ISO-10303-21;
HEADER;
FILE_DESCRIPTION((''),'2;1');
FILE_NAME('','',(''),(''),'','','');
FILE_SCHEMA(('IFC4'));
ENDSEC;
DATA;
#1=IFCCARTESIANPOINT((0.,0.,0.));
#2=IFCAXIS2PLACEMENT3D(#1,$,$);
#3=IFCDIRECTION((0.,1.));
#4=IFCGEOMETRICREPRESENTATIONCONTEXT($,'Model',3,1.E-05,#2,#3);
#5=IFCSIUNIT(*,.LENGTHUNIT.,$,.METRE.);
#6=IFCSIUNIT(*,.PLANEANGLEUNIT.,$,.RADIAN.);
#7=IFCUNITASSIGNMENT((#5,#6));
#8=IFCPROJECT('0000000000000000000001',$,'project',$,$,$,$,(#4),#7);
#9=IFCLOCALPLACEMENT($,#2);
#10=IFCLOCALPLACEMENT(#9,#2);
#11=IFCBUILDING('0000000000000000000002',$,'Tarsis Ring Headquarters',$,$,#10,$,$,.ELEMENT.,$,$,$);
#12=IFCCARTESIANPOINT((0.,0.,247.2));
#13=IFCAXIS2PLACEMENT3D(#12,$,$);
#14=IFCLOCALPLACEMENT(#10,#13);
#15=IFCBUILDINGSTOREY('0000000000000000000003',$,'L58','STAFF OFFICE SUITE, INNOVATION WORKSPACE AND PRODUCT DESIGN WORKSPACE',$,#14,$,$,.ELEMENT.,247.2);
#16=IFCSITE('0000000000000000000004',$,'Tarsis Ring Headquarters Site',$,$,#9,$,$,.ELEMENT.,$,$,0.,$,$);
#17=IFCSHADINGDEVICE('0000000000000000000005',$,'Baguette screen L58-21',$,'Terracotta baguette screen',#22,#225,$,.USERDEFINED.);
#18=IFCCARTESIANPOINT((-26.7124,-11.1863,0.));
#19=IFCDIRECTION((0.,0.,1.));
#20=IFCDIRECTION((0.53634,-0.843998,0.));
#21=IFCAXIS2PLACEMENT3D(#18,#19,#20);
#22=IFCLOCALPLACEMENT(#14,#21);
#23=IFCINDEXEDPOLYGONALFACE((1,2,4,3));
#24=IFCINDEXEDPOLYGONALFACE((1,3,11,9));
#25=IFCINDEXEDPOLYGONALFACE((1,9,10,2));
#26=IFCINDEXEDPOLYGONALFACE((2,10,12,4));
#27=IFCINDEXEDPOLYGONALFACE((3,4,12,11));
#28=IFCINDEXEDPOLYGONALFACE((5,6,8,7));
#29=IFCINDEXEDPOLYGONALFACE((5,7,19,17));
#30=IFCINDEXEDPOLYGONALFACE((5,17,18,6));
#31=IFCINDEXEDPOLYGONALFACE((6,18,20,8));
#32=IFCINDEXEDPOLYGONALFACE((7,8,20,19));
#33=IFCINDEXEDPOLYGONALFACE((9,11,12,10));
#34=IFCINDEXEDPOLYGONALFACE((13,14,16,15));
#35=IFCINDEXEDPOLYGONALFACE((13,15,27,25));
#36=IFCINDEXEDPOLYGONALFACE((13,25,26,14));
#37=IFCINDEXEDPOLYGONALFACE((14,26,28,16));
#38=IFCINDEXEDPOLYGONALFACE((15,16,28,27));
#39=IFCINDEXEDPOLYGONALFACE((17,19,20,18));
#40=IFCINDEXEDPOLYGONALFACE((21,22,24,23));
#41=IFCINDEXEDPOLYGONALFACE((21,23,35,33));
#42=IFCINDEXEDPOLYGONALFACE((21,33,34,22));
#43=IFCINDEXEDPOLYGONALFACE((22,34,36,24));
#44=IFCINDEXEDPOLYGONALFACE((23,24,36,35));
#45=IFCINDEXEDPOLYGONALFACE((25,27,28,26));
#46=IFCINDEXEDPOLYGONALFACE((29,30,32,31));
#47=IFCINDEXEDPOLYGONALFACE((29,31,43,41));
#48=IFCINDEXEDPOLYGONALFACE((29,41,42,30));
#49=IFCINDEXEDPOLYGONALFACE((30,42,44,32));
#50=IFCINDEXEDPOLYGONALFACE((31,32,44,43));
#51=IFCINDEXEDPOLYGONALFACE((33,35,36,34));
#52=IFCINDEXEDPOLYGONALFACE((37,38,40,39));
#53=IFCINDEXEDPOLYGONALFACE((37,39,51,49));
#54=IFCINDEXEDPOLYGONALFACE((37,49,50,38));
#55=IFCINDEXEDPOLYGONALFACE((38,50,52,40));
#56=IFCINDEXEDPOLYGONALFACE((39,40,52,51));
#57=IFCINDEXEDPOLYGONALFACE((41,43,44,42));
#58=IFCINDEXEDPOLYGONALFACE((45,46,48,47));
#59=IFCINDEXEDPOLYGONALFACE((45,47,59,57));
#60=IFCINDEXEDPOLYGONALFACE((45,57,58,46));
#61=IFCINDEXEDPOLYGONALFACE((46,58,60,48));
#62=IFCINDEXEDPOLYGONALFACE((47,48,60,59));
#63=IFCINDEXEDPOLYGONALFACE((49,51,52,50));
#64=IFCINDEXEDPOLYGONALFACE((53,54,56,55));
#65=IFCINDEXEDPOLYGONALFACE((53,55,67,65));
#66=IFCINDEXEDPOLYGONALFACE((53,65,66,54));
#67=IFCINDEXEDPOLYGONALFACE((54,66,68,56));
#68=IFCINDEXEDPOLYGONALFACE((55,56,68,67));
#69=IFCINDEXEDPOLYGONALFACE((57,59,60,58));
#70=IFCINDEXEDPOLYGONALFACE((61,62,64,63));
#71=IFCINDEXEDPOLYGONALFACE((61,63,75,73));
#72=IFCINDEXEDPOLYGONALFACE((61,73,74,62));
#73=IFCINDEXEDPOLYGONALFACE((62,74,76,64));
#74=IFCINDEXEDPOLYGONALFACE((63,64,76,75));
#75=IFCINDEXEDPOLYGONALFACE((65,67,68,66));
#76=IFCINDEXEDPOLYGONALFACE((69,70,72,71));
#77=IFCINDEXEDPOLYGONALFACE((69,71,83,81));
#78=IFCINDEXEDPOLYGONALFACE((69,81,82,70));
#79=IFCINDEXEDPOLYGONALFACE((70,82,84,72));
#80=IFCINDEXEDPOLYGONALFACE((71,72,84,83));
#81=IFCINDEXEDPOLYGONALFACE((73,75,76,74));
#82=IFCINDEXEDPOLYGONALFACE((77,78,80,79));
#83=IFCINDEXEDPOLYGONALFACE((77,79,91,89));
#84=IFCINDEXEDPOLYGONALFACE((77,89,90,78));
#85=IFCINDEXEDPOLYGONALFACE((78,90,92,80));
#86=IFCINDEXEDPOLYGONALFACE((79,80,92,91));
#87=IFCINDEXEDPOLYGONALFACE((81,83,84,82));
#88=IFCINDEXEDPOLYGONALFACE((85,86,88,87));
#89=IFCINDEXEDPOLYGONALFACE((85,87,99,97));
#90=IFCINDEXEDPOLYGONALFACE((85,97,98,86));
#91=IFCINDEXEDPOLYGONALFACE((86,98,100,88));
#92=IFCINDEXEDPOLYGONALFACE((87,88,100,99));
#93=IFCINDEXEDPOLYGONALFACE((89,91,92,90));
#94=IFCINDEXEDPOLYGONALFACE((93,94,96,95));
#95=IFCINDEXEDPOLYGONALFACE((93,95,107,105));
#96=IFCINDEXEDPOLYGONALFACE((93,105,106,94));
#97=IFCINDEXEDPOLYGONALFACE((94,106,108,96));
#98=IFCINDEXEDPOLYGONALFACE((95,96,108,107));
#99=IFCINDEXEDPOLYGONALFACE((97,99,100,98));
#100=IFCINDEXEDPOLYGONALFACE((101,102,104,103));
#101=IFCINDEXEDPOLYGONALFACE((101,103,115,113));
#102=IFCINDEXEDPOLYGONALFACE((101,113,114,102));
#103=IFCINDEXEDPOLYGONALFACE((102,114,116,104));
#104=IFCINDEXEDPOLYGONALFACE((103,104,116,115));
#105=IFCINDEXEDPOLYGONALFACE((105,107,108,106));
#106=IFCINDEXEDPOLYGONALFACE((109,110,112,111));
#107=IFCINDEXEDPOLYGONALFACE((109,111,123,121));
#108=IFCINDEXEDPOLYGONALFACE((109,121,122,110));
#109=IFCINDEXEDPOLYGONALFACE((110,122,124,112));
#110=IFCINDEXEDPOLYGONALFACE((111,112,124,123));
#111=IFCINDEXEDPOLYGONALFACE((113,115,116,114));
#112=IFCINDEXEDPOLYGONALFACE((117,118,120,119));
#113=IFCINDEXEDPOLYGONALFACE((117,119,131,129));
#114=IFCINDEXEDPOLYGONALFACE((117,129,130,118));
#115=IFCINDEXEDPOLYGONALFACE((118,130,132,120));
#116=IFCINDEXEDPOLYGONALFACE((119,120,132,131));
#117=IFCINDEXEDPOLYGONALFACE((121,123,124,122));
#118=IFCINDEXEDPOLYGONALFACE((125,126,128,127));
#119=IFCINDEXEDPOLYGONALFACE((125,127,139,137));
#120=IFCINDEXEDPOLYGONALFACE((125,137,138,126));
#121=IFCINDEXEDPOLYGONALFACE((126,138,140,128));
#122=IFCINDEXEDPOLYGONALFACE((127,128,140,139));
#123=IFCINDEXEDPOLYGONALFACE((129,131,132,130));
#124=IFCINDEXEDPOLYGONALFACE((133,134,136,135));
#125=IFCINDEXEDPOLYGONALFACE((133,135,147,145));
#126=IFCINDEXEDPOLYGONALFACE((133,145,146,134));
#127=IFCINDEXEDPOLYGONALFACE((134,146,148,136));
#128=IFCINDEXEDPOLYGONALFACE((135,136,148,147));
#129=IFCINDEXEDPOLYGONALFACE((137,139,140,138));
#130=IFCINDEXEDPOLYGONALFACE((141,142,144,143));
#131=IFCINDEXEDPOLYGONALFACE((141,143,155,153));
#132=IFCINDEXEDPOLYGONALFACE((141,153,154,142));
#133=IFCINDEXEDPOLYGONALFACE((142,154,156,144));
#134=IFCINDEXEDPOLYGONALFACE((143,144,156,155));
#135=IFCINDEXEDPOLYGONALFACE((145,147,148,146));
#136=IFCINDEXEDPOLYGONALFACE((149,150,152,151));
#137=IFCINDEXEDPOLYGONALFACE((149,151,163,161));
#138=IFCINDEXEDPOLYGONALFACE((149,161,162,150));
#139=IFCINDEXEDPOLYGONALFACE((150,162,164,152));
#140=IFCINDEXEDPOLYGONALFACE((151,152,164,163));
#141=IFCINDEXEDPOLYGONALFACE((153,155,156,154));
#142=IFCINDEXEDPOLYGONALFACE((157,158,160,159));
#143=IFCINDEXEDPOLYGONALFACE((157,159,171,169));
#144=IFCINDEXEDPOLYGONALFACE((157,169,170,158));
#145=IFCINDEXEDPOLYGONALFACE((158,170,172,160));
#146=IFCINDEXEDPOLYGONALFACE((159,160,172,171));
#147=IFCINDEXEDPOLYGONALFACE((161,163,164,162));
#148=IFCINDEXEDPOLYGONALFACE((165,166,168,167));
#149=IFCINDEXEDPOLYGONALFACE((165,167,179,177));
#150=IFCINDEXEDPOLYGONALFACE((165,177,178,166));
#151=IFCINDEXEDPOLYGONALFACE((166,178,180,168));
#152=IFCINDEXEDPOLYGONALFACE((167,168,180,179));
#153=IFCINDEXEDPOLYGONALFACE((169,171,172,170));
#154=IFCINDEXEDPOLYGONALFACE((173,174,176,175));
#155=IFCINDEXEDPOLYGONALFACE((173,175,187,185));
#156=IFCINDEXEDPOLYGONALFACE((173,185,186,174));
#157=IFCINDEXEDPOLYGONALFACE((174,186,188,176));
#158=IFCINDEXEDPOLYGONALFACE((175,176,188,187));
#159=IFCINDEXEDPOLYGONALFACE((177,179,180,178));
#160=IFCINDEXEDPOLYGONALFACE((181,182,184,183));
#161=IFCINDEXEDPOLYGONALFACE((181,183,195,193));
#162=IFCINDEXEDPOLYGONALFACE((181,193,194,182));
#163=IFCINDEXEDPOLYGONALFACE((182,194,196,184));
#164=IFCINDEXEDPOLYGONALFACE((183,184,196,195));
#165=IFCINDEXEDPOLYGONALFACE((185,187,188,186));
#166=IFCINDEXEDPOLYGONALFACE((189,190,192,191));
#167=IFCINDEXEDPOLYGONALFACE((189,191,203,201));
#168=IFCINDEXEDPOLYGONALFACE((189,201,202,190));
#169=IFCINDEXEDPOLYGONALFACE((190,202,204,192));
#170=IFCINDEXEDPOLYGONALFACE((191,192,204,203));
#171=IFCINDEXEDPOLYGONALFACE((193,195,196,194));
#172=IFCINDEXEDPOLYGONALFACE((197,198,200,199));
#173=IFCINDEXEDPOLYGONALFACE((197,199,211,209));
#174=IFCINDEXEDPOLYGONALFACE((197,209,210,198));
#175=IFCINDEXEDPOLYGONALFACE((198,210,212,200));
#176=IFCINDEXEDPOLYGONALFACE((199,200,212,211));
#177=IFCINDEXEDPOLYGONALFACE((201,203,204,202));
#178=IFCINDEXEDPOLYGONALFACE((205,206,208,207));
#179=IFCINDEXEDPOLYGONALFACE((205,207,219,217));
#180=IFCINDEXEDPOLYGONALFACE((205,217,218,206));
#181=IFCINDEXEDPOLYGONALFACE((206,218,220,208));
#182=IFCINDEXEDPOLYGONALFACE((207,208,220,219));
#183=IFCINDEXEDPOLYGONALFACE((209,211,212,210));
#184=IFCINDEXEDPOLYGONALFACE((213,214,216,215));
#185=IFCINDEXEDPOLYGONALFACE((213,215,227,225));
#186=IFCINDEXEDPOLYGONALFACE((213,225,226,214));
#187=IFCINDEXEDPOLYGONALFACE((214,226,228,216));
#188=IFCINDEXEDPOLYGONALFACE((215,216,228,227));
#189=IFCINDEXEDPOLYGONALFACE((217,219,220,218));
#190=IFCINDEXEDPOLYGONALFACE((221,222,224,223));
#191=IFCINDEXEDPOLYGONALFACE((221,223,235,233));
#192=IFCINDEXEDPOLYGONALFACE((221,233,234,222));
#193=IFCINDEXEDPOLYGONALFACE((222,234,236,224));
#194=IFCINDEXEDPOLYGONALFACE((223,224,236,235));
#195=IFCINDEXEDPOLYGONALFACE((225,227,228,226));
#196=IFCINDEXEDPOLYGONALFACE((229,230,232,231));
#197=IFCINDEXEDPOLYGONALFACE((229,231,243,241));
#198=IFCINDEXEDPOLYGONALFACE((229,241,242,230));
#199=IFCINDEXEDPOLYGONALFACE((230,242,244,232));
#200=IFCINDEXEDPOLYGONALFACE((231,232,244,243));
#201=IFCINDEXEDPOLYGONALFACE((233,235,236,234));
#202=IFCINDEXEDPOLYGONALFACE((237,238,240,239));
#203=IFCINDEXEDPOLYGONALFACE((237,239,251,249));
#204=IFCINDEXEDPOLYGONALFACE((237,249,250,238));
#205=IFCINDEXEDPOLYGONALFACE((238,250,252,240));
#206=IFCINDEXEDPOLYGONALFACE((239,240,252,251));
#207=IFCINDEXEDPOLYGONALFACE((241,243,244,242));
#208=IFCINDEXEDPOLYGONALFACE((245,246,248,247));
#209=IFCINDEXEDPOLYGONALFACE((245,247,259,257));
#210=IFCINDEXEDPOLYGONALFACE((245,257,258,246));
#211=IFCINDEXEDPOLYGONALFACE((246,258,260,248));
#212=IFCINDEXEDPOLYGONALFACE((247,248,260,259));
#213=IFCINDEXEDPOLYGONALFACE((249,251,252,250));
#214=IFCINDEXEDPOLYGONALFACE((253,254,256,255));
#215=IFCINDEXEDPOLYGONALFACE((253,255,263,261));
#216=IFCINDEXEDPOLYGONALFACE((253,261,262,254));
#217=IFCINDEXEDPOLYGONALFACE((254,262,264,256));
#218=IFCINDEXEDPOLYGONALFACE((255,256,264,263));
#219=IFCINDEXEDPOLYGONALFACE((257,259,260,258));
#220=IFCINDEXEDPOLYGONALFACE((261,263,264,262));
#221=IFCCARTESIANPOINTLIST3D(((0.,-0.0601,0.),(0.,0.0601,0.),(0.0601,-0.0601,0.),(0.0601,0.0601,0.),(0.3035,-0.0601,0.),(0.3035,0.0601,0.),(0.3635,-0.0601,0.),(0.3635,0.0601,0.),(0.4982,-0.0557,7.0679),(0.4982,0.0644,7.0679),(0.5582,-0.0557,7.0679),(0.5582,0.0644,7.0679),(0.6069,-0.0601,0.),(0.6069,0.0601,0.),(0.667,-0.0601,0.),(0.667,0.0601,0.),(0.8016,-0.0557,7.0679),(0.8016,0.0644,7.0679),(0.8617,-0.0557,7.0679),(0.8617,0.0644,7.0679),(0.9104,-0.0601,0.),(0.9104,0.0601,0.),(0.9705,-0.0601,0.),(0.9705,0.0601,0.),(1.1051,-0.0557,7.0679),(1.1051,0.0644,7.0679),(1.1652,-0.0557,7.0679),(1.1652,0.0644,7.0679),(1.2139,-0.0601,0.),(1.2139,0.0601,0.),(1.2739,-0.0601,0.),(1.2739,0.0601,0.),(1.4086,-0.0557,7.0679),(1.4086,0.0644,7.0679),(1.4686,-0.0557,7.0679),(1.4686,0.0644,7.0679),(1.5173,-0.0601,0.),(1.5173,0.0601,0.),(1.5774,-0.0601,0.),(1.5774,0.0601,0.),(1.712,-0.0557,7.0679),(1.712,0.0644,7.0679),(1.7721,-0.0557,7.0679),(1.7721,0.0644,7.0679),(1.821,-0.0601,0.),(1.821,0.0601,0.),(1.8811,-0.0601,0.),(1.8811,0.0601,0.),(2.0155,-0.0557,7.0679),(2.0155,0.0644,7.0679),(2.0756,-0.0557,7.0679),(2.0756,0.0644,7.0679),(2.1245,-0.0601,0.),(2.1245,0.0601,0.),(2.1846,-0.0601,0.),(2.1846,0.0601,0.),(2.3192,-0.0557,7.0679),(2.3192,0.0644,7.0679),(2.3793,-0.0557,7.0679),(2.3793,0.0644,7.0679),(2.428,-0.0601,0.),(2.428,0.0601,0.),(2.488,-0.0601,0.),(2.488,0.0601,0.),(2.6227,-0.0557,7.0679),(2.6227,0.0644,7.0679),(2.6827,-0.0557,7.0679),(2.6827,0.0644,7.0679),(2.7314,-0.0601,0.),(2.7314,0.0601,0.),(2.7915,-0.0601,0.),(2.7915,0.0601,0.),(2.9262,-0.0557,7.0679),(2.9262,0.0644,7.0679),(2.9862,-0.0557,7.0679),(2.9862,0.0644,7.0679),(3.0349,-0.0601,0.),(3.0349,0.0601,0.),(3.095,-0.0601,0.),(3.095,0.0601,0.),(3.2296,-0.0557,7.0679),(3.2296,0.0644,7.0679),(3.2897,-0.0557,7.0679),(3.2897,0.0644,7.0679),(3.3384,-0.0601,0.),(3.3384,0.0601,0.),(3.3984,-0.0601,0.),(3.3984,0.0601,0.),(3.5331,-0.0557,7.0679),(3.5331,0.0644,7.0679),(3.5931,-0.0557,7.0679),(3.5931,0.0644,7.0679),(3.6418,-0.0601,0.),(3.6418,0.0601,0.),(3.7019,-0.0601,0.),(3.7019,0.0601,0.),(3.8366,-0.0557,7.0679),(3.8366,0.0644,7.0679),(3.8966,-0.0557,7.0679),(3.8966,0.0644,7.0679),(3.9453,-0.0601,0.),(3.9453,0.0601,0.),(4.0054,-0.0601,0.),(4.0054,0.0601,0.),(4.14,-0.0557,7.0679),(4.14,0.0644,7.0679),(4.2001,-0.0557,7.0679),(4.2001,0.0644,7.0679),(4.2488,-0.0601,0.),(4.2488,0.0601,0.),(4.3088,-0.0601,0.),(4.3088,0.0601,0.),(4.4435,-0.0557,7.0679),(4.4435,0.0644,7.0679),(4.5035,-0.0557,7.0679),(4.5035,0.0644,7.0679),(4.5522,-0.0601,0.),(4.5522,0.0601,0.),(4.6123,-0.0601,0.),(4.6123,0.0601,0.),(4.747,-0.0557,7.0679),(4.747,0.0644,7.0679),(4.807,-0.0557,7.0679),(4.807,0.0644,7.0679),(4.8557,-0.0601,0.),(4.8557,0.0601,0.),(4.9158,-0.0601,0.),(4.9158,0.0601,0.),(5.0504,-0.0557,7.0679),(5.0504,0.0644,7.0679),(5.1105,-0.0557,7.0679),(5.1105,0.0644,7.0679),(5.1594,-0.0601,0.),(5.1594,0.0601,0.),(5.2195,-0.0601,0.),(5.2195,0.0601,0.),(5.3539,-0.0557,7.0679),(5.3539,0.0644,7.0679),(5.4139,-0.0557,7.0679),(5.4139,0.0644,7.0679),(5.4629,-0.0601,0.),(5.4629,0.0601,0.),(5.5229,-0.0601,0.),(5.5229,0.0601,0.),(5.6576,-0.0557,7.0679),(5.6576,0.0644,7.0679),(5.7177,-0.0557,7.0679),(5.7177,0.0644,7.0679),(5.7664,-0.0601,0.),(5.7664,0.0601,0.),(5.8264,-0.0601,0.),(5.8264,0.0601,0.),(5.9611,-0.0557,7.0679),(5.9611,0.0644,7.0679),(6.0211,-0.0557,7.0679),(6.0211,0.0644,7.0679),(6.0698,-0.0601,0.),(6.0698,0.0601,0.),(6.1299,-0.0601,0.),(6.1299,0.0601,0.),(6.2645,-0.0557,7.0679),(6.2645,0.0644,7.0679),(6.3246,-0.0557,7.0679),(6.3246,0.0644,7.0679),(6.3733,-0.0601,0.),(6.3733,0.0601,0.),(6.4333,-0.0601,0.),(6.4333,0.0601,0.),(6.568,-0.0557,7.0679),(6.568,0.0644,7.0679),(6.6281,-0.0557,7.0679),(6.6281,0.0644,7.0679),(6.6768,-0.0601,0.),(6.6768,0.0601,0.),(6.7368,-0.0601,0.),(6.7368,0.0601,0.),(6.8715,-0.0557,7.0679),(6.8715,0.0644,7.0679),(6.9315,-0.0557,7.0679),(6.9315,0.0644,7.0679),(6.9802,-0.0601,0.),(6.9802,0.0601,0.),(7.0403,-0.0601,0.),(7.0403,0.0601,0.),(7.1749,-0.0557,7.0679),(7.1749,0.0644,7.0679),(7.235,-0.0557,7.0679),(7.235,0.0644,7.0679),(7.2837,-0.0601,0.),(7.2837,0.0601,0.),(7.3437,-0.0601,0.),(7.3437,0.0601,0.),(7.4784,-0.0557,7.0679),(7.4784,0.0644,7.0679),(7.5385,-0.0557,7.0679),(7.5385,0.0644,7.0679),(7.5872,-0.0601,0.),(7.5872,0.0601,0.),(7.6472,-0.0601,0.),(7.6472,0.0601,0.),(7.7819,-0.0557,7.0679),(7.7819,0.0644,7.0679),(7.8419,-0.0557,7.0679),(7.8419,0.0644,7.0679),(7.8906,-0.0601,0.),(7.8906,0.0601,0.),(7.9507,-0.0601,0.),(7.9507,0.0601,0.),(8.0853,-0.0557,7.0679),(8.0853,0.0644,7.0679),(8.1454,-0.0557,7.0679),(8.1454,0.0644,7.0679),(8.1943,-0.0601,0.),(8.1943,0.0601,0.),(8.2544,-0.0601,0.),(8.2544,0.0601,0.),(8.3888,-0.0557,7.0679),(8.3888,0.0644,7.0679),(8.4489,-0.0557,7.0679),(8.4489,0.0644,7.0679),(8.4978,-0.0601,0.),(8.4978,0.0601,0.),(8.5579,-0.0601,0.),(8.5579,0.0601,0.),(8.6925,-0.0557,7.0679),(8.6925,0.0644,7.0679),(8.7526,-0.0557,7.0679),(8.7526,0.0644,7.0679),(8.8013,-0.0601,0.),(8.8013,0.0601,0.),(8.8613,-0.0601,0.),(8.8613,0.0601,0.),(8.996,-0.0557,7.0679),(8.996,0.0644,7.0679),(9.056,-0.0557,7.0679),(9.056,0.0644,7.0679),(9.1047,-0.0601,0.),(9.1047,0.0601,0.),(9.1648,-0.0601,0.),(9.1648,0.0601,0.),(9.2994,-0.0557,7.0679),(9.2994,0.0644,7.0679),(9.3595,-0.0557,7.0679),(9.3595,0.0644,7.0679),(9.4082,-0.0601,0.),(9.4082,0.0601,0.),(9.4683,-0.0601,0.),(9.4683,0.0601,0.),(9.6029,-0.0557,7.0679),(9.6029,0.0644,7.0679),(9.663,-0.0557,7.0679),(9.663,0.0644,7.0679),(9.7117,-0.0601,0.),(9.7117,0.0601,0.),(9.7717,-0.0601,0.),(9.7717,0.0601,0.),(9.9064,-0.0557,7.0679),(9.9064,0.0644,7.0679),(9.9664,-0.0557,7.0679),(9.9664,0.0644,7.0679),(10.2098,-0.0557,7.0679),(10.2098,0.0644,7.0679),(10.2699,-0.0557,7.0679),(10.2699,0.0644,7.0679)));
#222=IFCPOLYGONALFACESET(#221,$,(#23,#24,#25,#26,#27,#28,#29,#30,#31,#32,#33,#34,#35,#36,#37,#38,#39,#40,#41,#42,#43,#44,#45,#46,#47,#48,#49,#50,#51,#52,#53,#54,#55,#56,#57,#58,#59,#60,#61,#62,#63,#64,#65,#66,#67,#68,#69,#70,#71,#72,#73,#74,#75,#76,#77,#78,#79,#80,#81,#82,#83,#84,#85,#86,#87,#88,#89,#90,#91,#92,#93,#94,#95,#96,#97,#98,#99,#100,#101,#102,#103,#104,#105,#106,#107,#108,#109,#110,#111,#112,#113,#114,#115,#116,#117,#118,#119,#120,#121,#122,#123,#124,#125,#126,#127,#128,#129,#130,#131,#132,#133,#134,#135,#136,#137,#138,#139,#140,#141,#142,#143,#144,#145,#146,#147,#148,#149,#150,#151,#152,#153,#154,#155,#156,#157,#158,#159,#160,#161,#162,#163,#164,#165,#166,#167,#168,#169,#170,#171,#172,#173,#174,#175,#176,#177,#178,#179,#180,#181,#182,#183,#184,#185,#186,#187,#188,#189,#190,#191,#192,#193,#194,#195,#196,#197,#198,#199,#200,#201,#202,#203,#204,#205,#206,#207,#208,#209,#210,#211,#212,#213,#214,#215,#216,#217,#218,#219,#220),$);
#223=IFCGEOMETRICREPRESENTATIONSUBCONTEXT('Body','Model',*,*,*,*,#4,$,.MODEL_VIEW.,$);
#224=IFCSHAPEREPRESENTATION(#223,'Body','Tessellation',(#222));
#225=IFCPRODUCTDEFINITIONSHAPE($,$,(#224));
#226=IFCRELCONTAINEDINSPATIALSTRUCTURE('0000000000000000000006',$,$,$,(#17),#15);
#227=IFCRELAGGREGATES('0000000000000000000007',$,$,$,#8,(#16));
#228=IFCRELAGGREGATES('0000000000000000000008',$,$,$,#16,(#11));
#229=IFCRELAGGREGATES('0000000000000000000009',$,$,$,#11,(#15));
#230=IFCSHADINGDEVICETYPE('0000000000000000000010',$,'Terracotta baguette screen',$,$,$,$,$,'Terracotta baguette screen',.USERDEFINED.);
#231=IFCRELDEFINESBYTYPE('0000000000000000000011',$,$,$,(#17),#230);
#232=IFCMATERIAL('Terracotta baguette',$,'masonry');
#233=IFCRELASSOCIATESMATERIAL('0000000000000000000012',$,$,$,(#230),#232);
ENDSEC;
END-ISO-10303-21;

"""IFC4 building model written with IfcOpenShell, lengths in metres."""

from ifc_helpers import new_model, si_unit, direction, frame, frame_2d, origin, place, context, subcontext, project, spatial, rectangle, composite_profile, extrude, material, type_object, element, save


model = new_model("IFC4")

# Units and contexts
model_context = context("Model", 3, precision=1e-05, world=origin(), true_north=direction((0.0, 1.0)))
body_context = subcontext(model_context, "Body", "Model", "MODEL_VIEW")
ifc_project = project(units=[si_unit("LENGTHUNIT", "METRE"), si_unit("PLANEANGLEUNIT", "RADIAN")], contexts=[model_context])

# Site, building, storey
site_placement = place(None, origin())
site = spatial("IfcSite", under=ifc_project, at=site_placement, Name="Tarsis Ring Headquarters Site", CompositionType="ELEMENT", RefElevation=0.0)
building_placement = place(site_placement, origin())
building = spatial("IfcBuilding", under=site, at=building_placement, Name="Tarsis Ring Headquarters", CompositionType="ELEMENT")
storey_placement = place(building_placement, frame((0.0, 0.0, 247.2)))
storey = spatial("IfcBuildingStorey", under=building, at=storey_placement, Name="L58", Description="STAFF OFFICE SUITE, INNOVATION WORKSPACE AND PRODUCT DESIGN WORKSPACE", CompositionType="ELEMENT", Elevation=247.2)

# Shading device
ifc_material_1 = material(Name="Terracotta baguette", Category="masonry")
shading_device_type = type_object("IfcShadingDeviceType", Name="Terracotta baguette screen", ElementType="Terracotta baguette screen", PredefinedType="USERDEFINED", material=ifc_material_1)
shading_device_1_placement = place(storey_placement, frame((-26.7124, -11.1863, 0.0), z_axis=(0.0, 0.0, 1.0), x_axis=(0.53634, -0.843998, 0.0)))
element("IfcShadingDevice", 1, at=shading_device_1_placement, inside=storey, type_object=shading_device_type, Name="Baguette screen L58-21", ObjectType="Terracotta baguette screen", PredefinedType="USERDEFINED", context=body_context, shape_type="SweptSolid", body=[
    extrude(composite_profile([rectangle(XDim=0.0601, YDim=0.1201, at=frame_2d((0.03, 0.0))), rectangle(XDim=0.0601, YDim=0.1201, at=frame_2d((0.3335, 0.0))), rectangle(XDim=0.0601, YDim=0.1201, at=frame_2d((0.637, 0.0))), rectangle(XDim=0.0601, YDim=0.1201, at=frame_2d((0.9404, 0.0))), rectangle(XDim=0.0601, YDim=0.1201, at=frame_2d((1.2439, 0.0))), rectangle(XDim=0.0601, YDim=0.1201, at=frame_2d((1.5474, 0.0))), rectangle(XDim=0.0601, YDim=0.1201, at=frame_2d((1.8511, 0.0))), rectangle(XDim=0.0601, YDim=0.1201, at=frame_2d((2.1545, 0.0))), rectangle(XDim=0.0601, YDim=0.1201, at=frame_2d((2.458, 0.0))), rectangle(XDim=0.0601, YDim=0.1201, at=frame_2d((2.7615, 0.0))), rectangle(XDim=0.0601, YDim=0.1201, at=frame_2d((3.0649, 0.0))), rectangle(XDim=0.0601, YDim=0.1201, at=frame_2d((3.3684, 0.0))), rectangle(XDim=0.0601, YDim=0.1201, at=frame_2d((3.6719, 0.0))), rectangle(XDim=0.0601, YDim=0.1201, at=frame_2d((3.9753, 0.0))), rectangle(XDim=0.0601, YDim=0.1201, at=frame_2d((4.2788, 0.0))), rectangle(XDim=0.0601, YDim=0.1201, at=frame_2d((4.5823, 0.0))), rectangle(XDim=0.0601, YDim=0.1201, at=frame_2d((4.8857, 0.0))), rectangle(XDim=0.0601, YDim=0.1201, at=frame_2d((5.1895, 0.0))), rectangle(XDim=0.0601, YDim=0.1201, at=frame_2d((5.4929, 0.0))), rectangle(XDim=0.0601, YDim=0.1201, at=frame_2d((5.7964, 0.0))), rectangle(XDim=0.0601, YDim=0.1201, at=frame_2d((6.0999, 0.0))), rectangle(XDim=0.0601, YDim=0.1201, at=frame_2d((6.4033, 0.0))), rectangle(XDim=0.0601, YDim=0.1201, at=frame_2d((6.7068, 0.0))), rectangle(XDim=0.0601, YDim=0.1201, at=frame_2d((7.0103, 0.0))), rectangle(XDim=0.0601, YDim=0.1201, at=frame_2d((7.3137, 0.0))), rectangle(XDim=0.0601, YDim=0.1201, at=frame_2d((7.6172, 0.0))), rectangle(XDim=0.0601, YDim=0.1201, at=frame_2d((7.9207, 0.0))), rectangle(XDim=0.0601, YDim=0.1201, at=frame_2d((8.2244, 0.0))), rectangle(XDim=0.0601, YDim=0.1201, at=frame_2d((8.5278, 0.0))), rectangle(XDim=0.0601, YDim=0.1201, at=frame_2d((8.8313, 0.0))), rectangle(XDim=0.0601, YDim=0.1201, at=frame_2d((9.1348, 0.0))), rectangle(XDim=0.0601, YDim=0.1201, at=frame_2d((9.4382, 0.0))), rectangle(XDim=0.0601, YDim=0.1201, at=frame_2d((9.7417, 0.0)))]), origin(), (0.07031, 0.000614, 0.997525), 7.0854),
])

save(model, "model.ifc")
